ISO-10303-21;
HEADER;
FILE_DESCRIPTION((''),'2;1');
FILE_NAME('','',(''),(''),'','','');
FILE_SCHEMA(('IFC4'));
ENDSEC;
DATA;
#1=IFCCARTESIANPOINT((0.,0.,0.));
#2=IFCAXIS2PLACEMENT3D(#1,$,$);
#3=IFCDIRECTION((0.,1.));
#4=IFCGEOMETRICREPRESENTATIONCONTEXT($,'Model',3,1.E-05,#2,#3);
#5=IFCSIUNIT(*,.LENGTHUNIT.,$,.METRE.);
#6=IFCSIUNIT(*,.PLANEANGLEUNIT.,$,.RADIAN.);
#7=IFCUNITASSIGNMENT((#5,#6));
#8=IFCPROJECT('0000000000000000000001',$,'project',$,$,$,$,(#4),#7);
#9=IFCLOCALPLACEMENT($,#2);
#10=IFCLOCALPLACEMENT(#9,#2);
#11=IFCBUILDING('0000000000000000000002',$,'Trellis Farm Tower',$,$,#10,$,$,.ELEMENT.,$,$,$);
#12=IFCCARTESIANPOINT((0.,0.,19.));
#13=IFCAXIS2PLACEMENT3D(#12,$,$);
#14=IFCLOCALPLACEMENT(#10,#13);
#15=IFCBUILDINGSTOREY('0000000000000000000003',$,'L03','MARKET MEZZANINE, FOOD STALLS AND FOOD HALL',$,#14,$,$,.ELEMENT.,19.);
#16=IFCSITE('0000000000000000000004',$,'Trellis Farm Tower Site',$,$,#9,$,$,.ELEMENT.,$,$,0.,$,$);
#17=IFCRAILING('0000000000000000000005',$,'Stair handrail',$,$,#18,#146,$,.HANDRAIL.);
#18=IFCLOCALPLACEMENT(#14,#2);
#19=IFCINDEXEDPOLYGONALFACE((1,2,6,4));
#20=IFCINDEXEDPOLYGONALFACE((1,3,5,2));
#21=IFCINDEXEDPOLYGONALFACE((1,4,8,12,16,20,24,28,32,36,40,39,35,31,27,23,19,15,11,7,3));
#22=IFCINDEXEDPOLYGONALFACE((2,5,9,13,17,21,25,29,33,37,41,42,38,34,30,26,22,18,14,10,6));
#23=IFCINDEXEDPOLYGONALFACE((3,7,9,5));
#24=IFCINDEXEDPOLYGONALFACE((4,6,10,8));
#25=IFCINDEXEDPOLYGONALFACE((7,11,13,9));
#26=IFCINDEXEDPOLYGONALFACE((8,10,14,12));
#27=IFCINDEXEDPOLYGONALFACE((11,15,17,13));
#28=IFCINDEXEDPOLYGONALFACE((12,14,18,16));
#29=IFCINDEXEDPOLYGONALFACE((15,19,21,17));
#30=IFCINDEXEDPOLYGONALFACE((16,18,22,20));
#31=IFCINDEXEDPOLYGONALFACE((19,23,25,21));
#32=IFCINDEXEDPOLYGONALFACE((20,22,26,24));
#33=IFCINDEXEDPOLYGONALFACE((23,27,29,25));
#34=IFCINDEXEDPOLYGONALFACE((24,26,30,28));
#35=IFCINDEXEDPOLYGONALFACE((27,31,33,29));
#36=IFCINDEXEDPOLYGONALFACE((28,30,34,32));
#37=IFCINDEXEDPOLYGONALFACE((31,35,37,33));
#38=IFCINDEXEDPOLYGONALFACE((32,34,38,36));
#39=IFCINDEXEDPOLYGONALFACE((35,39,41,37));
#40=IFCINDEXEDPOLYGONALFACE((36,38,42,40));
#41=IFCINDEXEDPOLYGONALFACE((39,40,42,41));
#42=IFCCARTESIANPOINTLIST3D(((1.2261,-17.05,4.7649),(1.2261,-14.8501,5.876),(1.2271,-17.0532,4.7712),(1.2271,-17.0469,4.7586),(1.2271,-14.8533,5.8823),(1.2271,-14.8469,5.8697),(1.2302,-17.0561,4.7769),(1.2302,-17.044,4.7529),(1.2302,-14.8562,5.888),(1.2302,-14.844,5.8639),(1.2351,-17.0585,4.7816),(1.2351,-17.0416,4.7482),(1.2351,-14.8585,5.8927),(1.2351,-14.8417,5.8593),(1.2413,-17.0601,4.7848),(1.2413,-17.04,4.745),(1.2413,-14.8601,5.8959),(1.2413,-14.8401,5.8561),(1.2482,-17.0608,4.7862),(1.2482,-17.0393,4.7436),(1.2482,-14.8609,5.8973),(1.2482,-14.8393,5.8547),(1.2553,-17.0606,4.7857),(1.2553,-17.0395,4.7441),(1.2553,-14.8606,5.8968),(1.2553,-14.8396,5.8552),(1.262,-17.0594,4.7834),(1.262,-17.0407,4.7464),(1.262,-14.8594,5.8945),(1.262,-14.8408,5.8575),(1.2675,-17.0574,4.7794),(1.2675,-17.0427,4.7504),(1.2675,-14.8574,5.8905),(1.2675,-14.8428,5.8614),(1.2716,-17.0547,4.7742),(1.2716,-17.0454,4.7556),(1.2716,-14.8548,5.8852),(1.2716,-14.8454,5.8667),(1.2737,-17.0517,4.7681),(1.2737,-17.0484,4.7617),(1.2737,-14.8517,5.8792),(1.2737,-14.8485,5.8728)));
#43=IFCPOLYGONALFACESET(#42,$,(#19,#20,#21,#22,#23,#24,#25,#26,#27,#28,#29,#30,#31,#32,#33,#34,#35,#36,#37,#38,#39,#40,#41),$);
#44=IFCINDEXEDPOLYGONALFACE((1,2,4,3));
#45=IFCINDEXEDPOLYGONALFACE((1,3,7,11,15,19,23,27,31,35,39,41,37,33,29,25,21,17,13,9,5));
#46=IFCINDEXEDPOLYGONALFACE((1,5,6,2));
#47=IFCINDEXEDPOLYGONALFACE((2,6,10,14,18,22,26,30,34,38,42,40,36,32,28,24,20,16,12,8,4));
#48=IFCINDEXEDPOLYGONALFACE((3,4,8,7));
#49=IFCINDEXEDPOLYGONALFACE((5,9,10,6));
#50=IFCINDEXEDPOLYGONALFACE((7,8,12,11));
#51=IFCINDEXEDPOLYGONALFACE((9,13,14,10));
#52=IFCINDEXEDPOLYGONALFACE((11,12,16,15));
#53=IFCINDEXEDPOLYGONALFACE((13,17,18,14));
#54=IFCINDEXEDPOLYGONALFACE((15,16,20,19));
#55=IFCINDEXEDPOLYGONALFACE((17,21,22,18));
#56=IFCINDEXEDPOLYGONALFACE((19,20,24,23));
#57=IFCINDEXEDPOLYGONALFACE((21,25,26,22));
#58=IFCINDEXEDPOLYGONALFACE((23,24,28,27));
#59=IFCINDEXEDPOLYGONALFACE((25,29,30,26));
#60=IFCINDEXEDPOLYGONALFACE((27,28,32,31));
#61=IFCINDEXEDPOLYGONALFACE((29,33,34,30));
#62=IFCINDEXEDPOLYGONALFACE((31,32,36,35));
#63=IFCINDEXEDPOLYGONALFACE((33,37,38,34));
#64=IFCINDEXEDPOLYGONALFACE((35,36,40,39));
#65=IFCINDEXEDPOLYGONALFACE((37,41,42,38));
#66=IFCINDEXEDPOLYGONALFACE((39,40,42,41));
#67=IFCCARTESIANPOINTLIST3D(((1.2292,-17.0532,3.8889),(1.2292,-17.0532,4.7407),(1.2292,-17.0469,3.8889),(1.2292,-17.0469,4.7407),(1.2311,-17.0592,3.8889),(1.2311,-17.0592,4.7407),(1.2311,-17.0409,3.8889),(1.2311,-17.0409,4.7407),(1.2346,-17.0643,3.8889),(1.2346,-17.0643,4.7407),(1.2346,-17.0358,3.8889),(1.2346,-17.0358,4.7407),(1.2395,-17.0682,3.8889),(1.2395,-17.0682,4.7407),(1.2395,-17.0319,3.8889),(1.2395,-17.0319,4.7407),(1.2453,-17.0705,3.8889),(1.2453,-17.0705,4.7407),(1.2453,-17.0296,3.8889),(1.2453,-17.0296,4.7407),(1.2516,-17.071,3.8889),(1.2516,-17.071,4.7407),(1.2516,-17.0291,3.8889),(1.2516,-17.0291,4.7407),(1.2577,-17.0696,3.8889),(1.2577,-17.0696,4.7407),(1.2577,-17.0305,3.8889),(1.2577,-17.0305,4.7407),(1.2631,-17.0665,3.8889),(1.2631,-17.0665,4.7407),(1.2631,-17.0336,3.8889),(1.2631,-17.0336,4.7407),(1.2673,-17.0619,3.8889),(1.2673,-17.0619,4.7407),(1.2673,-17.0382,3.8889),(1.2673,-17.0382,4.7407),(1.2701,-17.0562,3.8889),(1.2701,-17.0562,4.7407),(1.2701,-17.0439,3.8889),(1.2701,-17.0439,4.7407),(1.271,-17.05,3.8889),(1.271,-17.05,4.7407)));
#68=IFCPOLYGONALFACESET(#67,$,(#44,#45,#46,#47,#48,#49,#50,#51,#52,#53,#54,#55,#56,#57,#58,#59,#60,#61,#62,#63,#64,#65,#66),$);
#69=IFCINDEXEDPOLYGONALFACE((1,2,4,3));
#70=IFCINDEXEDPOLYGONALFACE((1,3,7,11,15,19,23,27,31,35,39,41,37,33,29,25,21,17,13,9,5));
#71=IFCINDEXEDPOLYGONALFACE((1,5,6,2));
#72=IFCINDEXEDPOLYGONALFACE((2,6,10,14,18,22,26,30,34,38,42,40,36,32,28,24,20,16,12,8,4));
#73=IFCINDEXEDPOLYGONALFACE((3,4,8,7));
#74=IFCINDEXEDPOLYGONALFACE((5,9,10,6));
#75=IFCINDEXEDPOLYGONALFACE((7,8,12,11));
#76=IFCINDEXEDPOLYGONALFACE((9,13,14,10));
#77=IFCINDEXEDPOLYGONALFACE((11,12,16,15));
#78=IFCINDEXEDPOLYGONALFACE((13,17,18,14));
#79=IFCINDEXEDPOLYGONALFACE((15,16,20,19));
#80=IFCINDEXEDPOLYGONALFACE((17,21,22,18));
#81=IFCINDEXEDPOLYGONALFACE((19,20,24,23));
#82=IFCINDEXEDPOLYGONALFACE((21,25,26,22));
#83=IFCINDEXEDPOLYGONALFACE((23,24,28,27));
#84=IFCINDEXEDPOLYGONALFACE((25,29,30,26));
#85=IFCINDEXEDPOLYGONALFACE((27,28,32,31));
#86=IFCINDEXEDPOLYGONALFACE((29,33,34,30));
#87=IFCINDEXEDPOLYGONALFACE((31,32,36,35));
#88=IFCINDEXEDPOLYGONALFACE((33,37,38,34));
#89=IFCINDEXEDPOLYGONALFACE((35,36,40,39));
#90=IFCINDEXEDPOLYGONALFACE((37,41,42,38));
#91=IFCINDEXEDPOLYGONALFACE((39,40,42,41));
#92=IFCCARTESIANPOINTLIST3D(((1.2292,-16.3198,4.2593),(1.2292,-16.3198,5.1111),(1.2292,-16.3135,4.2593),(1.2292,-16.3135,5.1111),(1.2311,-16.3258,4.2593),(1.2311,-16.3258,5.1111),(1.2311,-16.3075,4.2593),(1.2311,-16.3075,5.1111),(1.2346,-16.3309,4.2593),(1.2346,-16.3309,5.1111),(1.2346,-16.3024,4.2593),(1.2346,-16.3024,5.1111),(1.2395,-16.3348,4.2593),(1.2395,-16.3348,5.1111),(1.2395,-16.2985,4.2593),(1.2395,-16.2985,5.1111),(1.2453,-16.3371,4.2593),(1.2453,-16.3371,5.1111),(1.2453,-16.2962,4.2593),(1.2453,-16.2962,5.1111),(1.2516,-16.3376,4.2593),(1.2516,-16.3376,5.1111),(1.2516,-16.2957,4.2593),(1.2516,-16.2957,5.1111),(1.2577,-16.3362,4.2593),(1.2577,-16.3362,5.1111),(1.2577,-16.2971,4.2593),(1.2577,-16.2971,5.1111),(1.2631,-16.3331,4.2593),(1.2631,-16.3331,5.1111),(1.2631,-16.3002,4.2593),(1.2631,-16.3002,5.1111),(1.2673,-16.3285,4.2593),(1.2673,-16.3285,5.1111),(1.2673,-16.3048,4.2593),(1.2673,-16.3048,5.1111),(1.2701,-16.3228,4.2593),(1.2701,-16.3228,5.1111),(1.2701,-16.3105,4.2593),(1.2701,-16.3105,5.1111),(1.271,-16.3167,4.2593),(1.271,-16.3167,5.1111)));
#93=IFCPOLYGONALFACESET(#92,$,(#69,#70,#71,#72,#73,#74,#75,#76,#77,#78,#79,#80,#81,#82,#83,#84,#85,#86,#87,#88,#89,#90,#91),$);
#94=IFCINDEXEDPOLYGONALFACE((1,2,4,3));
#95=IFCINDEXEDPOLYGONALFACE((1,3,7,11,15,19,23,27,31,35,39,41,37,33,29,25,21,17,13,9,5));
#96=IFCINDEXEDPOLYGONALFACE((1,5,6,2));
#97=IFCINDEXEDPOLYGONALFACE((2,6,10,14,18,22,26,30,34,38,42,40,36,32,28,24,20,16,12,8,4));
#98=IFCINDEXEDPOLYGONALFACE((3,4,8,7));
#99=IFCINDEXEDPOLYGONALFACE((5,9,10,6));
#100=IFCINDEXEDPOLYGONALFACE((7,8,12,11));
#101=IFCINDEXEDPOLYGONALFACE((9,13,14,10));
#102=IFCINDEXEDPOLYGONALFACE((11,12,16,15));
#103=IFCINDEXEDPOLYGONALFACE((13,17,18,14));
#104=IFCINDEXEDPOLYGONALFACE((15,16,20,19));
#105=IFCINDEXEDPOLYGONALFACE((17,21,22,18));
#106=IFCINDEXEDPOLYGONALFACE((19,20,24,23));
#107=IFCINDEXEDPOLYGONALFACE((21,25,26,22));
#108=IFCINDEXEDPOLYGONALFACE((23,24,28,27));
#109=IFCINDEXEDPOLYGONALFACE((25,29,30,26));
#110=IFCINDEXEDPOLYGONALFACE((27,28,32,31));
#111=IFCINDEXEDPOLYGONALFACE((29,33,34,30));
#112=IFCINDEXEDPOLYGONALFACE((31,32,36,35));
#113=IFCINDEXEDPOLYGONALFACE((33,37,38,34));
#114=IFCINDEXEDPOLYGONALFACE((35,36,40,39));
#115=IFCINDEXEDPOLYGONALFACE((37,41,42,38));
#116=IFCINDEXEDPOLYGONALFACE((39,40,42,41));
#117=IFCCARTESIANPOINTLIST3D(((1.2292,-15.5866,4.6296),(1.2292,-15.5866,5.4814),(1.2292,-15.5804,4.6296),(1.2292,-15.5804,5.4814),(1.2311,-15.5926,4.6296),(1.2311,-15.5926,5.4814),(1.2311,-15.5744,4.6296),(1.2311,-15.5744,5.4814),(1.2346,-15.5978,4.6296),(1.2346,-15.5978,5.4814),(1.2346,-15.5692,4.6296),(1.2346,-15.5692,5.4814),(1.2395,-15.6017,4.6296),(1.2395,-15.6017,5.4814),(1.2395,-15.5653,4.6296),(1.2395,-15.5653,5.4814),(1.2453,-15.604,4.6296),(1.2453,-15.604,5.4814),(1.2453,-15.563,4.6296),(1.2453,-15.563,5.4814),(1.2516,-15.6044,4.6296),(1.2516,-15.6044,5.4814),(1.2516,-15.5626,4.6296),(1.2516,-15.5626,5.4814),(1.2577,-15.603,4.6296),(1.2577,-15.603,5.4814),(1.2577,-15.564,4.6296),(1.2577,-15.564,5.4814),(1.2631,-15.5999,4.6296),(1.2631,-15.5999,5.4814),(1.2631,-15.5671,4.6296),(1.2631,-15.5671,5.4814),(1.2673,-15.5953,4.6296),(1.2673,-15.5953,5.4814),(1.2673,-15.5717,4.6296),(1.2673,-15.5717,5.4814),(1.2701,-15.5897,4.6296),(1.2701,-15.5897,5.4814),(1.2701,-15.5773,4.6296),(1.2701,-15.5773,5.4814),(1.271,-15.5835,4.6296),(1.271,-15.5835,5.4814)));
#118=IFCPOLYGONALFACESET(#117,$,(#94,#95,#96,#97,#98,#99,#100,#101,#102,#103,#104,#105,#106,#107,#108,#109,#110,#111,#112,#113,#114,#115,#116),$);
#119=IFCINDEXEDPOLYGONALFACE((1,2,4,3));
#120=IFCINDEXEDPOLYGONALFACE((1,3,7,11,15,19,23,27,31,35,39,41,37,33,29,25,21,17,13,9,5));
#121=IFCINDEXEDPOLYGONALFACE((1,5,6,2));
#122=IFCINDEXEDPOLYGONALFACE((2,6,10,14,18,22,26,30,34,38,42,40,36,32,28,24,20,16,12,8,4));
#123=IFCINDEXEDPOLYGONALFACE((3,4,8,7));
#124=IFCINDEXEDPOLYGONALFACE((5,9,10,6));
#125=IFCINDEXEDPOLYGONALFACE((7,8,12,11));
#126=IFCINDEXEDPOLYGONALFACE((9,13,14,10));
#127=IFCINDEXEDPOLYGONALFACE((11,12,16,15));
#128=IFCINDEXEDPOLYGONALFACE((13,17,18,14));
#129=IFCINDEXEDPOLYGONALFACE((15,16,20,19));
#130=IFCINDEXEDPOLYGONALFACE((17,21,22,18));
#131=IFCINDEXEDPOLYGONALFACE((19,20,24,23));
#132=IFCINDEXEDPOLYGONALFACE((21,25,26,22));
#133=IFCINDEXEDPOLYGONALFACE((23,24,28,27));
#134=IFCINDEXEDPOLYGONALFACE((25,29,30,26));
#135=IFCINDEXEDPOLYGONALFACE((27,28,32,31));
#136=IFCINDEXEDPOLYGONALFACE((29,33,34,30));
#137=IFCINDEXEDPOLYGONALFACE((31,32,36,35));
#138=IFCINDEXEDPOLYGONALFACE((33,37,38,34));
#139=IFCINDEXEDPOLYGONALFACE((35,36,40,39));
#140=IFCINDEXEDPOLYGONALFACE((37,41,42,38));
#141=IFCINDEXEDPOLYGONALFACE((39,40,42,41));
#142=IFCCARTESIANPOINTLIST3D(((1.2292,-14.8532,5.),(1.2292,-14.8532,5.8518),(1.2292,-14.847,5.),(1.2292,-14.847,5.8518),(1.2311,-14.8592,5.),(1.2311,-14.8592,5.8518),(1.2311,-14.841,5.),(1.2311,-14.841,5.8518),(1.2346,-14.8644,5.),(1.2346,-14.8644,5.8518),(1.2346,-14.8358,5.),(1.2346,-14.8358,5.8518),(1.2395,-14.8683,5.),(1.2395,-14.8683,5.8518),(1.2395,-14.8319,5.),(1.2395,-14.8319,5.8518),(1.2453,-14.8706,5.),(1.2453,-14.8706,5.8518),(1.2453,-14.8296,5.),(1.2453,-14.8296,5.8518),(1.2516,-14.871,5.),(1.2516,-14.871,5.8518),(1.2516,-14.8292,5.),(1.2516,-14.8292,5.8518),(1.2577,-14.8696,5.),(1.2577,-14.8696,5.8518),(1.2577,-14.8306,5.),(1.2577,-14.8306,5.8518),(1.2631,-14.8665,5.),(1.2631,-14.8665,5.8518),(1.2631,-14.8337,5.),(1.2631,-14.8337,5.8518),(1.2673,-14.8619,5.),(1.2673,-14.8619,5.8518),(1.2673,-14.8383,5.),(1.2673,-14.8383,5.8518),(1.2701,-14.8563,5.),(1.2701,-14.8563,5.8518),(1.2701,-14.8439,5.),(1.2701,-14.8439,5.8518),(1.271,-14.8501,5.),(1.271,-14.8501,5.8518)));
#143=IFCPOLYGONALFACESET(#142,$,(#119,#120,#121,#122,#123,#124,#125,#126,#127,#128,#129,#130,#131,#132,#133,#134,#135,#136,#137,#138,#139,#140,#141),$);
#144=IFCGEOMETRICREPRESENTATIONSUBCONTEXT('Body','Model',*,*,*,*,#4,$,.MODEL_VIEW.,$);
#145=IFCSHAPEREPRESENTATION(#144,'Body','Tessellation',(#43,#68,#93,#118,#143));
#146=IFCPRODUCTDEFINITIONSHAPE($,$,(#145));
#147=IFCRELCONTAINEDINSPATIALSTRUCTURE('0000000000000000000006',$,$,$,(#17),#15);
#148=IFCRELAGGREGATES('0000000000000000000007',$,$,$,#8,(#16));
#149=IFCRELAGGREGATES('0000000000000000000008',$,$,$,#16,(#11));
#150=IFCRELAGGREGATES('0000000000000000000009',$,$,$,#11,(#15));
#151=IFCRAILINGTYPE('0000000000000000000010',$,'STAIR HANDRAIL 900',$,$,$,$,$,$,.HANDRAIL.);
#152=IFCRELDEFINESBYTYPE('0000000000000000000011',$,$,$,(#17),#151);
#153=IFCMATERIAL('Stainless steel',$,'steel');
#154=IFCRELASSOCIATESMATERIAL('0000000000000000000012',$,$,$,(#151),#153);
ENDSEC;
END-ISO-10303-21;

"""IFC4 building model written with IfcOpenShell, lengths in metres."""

from ifc_helpers import new_model, si_unit, direction, frame, origin, origin_2d, place, context, subcontext, project, spatial, circle, extrude, source, transform, mapped, material, type_object, element, save


model = new_model("IFC4")

# Units and contexts
model_context = context("Model", 3, precision=1e-05, world=origin(), true_north=direction((0.0, 1.0)))
body_context = subcontext(model_context, "Body", "Model", "MODEL_VIEW")
ifc_project = project(units=[si_unit("LENGTHUNIT", "METRE"), si_unit("PLANEANGLEUNIT", "RADIAN")], contexts=[model_context])

# Site, building, storey
site_placement = place(None, origin())
site = spatial("IfcSite", under=ifc_project, at=site_placement, Name="Trellis Farm Tower Site", CompositionType="ELEMENT", RefElevation=0.0)
building_placement = place(site_placement, origin())
building = spatial("IfcBuilding", under=site, at=building_placement, Name="Trellis Farm Tower", CompositionType="ELEMENT")
storey_placement = place(building_placement, frame((0.0, 0.0, 19.0)))
storey = spatial("IfcBuildingStorey", under=building, at=storey_placement, Name="L03", Description="MARKET MEZZANINE, FOOD STALLS AND FOOD HALL", CompositionType="ELEMENT", Elevation=19.0)

# Railing
ifc_material_1 = material(Name="Stainless steel", Category="steel")
railing_type = type_object("IfcRailingType", Name="STAIR HANDRAIL 900", PredefinedType="HANDRAIL", material=ifc_material_1)
shared_shape_1 = source(origin(), body_context, "Body", "SweptSolid", [
    extrude(circle(Radius=0.0239, at=origin_2d()), frame((0.0, 0.0, 0.876), z_axis=(0.0, 0.892617, 0.450816), x_axis=(-1.0, 0.0, 0.0)), (0.0, 0.0, 1.0), 2.4646),
    extrude(circle(Radius=0.021, at=origin_2d()), origin(), (0.0, 0.0, 1.0), 0.8518),
    extrude(circle(Radius=0.021, at=origin_2d()), frame((0.0, 0.7334, 0.3704)), (0.0, 0.0, 1.0), 0.8518),
    extrude(circle(Radius=0.021, at=origin_2d()), frame((0.0, 1.4666, 0.7407)), (0.0, 0.0, 1.0), 0.8518),
    extrude(circle(Radius=0.021, at=origin_2d()), frame((0.0, 2.2, 1.1111)), (0.0, 0.0, 1.0), 0.8518),
])
for number, where, name in (
    (1, (1.25, -17.05, 3.8889), "Stair handrail"),
):
    element("IfcRailing", number, at=place(storey_placement, frame(where)), inside=storey, type_object=railing_type, Name=name, PredefinedType="HANDRAIL", context=body_context, shape_type="MappedRepresentation", body=[
        mapped(shared_shape_1, transform((0.0, 0.0, 0.0))),
    ])

save(model, "model.ifc")
